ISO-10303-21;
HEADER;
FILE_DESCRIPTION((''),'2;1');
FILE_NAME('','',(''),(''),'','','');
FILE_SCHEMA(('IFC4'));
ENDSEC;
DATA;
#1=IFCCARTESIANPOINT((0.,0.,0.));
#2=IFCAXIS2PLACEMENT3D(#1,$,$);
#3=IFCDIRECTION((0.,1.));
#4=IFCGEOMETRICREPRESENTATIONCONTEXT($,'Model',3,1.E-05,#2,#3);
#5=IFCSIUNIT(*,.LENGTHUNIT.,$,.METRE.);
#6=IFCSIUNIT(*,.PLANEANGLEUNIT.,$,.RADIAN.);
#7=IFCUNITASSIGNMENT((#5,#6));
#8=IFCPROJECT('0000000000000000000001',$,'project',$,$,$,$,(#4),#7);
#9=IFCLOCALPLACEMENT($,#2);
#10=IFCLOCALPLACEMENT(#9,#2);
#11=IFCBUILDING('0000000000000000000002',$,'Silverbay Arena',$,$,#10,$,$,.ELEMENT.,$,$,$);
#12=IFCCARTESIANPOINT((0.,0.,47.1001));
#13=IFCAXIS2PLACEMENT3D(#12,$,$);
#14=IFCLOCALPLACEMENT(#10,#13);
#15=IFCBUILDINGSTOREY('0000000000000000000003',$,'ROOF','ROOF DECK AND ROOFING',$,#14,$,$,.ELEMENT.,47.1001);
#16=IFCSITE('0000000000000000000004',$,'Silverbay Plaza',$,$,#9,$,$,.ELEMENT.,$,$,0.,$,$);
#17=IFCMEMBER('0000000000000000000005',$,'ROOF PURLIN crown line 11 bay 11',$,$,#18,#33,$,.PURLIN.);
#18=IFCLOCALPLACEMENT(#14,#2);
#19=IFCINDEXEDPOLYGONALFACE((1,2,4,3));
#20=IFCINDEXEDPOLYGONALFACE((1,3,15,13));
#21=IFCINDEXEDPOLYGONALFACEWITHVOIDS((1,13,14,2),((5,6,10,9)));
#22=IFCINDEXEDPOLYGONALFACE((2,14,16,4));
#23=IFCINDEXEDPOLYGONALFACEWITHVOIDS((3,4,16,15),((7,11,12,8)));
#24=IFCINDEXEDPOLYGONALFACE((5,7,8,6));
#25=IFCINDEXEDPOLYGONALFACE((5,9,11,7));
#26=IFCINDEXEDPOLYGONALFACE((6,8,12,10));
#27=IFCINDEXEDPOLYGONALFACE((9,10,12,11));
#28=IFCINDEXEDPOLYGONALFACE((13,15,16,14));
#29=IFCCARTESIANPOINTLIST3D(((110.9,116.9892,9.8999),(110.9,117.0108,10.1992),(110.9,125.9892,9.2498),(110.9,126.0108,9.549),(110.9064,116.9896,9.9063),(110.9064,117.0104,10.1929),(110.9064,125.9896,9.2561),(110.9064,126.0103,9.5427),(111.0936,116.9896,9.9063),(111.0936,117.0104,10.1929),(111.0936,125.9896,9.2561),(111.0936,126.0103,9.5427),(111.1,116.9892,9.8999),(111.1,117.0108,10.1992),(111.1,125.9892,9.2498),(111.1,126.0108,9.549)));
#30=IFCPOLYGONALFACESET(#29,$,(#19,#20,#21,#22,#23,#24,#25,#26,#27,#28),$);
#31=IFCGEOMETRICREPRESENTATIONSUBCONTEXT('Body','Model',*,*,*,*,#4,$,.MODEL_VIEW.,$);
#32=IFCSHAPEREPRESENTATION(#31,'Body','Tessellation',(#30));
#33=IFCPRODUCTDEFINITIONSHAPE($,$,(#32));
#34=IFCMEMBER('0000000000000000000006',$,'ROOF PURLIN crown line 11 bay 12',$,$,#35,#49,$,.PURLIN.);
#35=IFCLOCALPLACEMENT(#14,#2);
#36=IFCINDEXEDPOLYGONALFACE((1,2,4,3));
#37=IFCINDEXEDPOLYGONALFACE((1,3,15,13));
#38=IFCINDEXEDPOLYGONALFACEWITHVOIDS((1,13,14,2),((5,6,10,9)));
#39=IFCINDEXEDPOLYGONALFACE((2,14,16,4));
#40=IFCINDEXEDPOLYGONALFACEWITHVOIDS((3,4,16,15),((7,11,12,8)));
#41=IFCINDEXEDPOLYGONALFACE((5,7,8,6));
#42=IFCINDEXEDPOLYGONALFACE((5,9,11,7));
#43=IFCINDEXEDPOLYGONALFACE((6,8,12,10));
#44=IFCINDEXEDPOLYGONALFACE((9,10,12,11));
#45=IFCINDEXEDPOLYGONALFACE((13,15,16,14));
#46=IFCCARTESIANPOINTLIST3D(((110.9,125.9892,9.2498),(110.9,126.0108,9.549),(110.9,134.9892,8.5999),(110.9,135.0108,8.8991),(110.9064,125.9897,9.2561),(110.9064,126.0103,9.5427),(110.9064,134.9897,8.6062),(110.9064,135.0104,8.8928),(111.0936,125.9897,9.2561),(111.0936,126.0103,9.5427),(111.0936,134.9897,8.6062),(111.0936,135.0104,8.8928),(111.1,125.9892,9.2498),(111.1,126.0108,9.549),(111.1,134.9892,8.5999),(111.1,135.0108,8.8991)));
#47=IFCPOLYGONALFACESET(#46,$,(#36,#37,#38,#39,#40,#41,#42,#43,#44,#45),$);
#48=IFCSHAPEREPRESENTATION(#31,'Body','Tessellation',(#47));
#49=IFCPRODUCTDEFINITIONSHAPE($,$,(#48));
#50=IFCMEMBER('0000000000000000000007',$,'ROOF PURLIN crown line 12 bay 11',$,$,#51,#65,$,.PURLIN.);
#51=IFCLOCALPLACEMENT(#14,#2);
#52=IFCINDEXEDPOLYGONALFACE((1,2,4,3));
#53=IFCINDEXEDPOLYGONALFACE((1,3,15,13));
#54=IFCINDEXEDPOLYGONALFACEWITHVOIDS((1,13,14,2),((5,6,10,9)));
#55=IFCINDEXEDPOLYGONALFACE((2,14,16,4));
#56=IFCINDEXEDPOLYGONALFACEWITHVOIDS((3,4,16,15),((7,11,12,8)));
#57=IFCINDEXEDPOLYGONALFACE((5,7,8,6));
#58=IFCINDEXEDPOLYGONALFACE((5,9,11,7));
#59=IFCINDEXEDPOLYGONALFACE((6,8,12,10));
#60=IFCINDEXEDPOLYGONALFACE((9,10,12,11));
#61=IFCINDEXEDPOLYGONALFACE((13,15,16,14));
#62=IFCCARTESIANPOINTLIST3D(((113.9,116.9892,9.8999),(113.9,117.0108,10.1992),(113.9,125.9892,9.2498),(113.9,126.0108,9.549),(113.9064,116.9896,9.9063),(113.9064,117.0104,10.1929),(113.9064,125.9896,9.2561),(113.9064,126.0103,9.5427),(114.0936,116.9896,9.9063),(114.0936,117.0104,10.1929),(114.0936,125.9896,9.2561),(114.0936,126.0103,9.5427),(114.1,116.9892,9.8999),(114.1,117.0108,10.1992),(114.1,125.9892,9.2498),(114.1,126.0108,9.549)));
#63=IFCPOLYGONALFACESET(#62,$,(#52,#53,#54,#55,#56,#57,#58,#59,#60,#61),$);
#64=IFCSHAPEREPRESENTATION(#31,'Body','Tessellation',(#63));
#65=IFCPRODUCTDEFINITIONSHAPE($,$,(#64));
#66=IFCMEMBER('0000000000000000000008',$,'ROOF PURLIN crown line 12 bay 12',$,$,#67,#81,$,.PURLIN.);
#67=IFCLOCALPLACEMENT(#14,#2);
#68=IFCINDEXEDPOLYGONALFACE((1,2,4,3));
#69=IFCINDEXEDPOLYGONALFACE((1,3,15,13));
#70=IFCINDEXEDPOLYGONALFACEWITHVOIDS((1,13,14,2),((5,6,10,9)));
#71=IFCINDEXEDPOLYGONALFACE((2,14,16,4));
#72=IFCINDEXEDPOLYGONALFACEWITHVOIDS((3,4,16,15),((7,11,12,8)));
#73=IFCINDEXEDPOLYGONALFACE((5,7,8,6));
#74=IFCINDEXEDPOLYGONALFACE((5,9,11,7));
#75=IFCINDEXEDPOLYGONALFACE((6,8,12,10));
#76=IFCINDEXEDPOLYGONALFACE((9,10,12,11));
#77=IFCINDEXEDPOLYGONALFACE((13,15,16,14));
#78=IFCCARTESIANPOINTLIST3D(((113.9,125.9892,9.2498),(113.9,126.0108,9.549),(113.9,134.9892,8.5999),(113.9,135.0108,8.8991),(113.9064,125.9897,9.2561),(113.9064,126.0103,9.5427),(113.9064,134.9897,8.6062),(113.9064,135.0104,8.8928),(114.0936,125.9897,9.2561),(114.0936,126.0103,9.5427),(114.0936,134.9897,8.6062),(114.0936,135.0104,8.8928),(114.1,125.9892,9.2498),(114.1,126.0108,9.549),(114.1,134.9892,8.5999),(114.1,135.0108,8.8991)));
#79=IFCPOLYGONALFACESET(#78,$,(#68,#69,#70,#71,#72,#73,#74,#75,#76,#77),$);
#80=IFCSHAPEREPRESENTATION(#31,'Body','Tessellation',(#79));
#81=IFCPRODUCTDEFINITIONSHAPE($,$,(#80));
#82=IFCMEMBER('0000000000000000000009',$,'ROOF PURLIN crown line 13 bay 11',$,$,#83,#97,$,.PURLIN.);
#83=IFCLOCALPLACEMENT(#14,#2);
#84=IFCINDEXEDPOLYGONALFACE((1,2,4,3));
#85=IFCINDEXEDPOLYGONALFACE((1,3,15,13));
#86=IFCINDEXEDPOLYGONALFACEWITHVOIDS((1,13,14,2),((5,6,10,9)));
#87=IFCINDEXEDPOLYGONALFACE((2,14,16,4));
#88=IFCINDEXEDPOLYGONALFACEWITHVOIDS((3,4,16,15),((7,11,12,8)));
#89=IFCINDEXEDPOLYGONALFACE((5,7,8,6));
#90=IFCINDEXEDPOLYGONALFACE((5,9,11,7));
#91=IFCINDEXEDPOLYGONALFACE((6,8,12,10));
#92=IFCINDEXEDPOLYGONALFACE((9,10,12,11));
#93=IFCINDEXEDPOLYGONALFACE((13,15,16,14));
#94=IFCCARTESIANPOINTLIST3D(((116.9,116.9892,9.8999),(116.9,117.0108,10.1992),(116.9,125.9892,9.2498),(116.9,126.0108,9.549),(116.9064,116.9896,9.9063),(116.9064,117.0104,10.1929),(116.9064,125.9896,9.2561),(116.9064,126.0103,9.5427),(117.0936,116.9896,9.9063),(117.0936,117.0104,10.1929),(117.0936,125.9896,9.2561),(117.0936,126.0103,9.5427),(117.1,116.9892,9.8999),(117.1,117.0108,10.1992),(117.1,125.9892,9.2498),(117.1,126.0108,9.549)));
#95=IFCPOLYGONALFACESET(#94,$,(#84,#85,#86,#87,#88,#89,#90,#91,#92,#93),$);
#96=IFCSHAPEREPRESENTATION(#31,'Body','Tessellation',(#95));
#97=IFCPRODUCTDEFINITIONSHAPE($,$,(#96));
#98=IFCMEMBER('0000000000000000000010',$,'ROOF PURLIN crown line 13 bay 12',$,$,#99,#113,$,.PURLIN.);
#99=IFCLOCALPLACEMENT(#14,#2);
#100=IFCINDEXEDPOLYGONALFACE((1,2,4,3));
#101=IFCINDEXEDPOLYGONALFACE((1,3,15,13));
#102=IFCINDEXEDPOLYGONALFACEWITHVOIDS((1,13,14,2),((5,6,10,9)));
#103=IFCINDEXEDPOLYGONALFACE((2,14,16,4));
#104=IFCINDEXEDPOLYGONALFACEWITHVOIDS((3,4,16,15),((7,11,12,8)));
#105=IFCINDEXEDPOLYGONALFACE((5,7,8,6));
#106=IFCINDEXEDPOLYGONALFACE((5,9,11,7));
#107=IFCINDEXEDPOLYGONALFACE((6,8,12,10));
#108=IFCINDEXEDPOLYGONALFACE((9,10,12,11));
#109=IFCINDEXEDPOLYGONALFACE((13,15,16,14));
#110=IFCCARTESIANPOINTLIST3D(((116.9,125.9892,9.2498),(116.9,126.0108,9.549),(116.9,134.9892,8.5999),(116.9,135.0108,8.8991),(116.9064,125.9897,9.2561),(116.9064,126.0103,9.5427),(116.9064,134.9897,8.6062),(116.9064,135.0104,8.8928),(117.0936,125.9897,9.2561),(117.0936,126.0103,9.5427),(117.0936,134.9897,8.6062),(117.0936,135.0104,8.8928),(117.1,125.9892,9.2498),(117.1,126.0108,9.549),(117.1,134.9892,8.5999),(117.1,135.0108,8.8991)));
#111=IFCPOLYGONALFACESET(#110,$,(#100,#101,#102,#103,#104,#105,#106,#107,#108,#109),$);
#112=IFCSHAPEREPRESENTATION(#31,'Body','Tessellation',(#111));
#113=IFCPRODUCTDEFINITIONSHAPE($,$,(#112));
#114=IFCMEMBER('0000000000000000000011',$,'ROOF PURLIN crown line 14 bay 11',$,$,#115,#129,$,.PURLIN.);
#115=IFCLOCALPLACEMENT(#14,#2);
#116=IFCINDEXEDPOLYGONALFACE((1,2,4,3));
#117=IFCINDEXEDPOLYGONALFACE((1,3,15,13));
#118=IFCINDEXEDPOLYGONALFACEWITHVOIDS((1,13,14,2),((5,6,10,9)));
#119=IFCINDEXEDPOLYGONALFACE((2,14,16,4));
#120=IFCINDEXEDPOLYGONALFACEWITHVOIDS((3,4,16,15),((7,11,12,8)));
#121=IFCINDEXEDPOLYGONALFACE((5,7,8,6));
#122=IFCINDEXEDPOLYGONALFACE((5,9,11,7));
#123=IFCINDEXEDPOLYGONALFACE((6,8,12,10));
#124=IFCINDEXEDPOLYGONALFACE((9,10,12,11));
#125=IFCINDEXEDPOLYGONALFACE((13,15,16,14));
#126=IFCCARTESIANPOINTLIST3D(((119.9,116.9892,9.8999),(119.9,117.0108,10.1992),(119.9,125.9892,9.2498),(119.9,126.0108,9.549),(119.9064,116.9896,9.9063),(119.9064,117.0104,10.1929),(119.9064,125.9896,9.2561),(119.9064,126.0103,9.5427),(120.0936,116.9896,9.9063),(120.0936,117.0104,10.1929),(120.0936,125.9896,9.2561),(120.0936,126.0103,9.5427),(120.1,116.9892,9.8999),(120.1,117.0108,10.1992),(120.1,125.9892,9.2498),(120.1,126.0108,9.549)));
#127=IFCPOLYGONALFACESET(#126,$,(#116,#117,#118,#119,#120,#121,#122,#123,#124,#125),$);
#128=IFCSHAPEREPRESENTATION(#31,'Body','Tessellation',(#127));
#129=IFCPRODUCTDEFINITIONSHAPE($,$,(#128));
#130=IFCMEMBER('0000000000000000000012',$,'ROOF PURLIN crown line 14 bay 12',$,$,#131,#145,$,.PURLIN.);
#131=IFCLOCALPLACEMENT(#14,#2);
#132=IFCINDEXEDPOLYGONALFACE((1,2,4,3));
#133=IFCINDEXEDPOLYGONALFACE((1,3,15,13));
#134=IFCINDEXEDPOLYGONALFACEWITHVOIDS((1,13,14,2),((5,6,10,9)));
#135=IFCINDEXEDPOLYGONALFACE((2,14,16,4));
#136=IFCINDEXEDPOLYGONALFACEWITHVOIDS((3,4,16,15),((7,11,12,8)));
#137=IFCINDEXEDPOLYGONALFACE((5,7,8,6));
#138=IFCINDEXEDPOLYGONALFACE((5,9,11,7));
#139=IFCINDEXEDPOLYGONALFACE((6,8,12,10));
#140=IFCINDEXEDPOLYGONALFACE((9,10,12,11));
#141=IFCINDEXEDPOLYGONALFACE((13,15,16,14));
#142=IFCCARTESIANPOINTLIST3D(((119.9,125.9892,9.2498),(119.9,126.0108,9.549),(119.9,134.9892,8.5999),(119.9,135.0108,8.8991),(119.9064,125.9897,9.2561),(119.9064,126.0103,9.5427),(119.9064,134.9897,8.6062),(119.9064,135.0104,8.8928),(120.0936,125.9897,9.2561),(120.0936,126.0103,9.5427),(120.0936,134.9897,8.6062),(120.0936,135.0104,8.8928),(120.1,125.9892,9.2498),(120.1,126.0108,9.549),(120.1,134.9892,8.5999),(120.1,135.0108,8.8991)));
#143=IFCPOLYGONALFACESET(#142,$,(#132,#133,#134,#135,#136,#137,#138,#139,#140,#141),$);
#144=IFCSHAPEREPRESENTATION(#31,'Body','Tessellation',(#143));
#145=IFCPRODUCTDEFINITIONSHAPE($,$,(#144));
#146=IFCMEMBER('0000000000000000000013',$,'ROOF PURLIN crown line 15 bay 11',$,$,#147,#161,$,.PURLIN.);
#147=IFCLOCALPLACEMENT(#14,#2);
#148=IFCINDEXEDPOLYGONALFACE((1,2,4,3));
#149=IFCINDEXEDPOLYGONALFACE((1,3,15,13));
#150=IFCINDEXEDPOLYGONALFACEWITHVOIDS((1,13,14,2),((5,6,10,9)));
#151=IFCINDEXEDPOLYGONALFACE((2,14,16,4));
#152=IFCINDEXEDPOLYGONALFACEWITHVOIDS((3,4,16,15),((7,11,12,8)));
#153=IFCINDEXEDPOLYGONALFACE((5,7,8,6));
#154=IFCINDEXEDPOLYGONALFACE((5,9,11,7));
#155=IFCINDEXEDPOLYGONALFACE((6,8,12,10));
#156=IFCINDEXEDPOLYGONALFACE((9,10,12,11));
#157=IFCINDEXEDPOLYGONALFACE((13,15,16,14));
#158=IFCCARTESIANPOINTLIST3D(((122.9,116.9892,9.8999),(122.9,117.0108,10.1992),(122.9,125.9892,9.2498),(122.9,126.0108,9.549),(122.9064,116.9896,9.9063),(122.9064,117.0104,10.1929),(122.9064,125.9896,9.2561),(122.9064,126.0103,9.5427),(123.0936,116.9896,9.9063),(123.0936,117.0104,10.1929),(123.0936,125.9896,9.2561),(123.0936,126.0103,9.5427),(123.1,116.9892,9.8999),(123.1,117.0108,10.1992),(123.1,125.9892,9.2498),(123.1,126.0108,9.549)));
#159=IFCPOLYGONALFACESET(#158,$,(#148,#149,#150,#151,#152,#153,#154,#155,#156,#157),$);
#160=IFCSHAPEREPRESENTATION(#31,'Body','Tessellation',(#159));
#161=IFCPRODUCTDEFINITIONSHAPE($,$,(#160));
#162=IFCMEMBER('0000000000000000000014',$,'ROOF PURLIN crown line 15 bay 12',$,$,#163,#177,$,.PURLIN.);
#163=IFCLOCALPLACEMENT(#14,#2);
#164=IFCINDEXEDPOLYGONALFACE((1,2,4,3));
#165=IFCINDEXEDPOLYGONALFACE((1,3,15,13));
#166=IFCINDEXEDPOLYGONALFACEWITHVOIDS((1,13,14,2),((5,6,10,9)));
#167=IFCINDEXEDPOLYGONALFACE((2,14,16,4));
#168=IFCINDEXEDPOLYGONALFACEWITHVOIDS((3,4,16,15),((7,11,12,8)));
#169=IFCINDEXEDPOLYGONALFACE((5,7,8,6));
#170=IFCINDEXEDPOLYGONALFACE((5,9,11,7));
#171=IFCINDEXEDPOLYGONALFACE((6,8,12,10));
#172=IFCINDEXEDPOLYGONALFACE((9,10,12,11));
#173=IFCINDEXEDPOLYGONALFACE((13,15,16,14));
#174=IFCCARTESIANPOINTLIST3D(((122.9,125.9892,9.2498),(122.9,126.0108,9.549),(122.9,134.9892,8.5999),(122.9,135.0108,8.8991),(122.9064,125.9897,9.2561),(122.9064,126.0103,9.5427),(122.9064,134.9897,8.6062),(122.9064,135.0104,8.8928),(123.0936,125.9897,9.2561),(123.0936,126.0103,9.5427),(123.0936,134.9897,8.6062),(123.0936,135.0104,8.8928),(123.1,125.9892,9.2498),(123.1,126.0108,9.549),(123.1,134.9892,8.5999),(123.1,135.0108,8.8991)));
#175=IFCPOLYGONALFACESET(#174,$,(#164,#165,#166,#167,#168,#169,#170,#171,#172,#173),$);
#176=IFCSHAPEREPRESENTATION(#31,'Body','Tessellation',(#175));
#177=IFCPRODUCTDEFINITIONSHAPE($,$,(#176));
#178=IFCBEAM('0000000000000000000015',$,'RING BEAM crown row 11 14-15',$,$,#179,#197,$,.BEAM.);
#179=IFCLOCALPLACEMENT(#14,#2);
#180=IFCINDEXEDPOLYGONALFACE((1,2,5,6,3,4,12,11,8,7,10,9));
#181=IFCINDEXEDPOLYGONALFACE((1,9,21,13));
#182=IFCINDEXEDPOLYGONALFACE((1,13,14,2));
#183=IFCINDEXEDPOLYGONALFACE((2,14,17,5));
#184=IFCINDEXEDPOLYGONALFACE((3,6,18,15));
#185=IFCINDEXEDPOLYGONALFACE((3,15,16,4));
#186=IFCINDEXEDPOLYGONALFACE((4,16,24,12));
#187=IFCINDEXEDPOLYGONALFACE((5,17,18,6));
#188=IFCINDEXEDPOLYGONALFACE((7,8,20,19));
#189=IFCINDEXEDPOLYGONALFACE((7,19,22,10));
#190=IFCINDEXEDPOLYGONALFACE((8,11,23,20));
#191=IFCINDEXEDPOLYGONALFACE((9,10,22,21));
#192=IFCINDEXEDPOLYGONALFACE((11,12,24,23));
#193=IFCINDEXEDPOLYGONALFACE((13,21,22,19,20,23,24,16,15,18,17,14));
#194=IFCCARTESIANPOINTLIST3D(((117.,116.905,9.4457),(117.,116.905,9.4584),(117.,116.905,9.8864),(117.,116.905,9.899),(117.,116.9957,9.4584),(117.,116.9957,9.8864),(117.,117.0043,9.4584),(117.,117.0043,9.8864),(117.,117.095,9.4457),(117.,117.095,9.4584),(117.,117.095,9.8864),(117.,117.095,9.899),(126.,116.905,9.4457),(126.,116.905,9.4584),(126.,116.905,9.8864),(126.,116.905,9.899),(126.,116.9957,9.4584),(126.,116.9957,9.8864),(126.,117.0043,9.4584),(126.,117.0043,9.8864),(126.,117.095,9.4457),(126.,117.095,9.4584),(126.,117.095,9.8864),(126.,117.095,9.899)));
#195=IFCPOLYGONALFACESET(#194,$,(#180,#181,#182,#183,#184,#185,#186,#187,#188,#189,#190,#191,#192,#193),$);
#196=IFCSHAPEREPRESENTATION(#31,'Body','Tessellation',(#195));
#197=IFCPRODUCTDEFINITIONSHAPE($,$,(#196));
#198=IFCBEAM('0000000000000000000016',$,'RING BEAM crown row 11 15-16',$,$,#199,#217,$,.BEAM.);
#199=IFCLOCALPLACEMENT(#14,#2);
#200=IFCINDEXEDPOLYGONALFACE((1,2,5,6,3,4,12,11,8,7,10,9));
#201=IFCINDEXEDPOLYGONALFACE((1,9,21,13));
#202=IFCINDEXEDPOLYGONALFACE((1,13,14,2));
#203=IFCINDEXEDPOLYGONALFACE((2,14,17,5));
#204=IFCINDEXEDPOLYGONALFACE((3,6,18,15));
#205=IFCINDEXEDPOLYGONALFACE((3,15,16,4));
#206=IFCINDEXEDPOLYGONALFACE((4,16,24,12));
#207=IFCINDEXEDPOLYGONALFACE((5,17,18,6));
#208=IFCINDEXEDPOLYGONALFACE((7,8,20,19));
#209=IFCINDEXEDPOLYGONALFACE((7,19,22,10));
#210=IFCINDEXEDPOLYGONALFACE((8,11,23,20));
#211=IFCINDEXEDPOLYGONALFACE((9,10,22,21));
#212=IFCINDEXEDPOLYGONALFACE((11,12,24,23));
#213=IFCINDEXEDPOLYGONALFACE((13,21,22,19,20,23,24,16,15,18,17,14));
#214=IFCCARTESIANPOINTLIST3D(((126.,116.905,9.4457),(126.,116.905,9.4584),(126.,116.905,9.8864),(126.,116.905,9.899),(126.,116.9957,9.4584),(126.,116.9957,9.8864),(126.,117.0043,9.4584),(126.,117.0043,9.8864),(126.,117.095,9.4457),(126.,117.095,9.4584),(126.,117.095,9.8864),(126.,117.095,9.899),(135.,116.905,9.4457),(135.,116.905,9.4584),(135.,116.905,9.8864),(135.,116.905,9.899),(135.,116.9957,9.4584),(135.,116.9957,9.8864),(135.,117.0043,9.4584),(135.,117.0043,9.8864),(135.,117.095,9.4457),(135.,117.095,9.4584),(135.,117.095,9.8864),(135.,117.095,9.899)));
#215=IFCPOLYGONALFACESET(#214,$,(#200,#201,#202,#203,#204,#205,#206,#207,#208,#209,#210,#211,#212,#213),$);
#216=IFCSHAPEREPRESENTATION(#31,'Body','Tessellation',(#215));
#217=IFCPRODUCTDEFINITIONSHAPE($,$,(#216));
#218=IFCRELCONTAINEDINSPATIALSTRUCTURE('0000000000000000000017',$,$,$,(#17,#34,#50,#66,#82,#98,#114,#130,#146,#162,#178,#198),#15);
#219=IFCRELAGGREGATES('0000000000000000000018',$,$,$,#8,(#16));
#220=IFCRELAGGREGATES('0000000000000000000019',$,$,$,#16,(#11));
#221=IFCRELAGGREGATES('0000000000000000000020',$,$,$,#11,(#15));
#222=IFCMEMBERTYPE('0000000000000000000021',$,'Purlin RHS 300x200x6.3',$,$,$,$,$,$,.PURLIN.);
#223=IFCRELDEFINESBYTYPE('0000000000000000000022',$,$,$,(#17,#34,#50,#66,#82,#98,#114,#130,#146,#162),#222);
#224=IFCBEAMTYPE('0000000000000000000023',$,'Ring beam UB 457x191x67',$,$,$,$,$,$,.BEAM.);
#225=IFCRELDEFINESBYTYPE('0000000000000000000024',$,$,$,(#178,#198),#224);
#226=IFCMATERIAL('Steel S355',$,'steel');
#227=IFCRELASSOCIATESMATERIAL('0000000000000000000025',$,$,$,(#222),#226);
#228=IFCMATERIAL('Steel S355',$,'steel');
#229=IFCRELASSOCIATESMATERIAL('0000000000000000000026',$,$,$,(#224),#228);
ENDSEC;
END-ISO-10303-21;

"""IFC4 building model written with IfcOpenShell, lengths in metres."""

from ifc_helpers import new_model, si_unit, direction, frame, origin, origin_2d, place, context, subcontext, project, spatial, hollow_rectangle, i_section, extrude, material, material_profile, profile_set, type_object, element, save


model = new_model("IFC4")

# Units and contexts
model_context = context("Model", 3, precision=1e-05, world=origin(), true_north=direction((0.0, 1.0)))
body_context = subcontext(model_context, "Body", "Model", "MODEL_VIEW")
ifc_project = project(units=[si_unit("LENGTHUNIT", "METRE"), si_unit("PLANEANGLEUNIT", "RADIAN")], contexts=[model_context])

# Site, building, storey
site_placement = place(None, origin())
site = spatial("IfcSite", under=ifc_project, at=site_placement, Name="Silverbay Plaza", CompositionType="ELEMENT", RefElevation=0.0)
building_placement = place(site_placement, origin())
building = spatial("IfcBuilding", under=site, at=building_placement, Name="Silverbay Arena", CompositionType="ELEMENT")
storey_placement = place(building_placement, frame((0.0, 0.0, 47.1001)))
storey = spatial("IfcBuildingStorey", under=building, at=storey_placement, Name="ROOF", Description="ROOF DECK AND ROOFING", CompositionType="ELEMENT", Elevation=47.1001)

# Members
ifc_material_1 = material(Name="Steel S355", Category="steel")
ifc_material_profile_1 = material_profile(ifc_material_1, hollow_rectangle(XDim=0.2, YDim=0.3, WallThickness=0.0063, at=origin_2d()), Name="RHS 300x200x6.3")
ifc_profile_set_1 = profile_set([ifc_material_profile_1], Name="Steel S355")
member_type_1 = type_object("IfcMemberType", Name="Purlin RHS 300x200x6.3", PredefinedType="PURLIN", material=ifc_profile_set_1)
for number, where, z_axis, x_axis, name in (
    (1, (111.0, 117.0, 10.0496), (0.0, 0.997401, -0.072051), (-1.0, 0.0, 0.0), "ROOF PURLIN crown line 11 bay 11"),
    (2, (111.0, 126.0, 9.3994), (0.0, 0.997403, -0.072024), (-1.0, 0.0, 0.0), "ROOF PURLIN crown line 11 bay 12"),
    (3, (114.0, 117.0, 10.0496), (0.0, 0.997401, -0.072051), (-1.0, 0.0, 0.0), "ROOF PURLIN crown line 12 bay 11"),
    (4, (114.0, 126.0, 9.3994), (0.0, 0.997403, -0.072024), (-1.0, 0.0, 0.0), "ROOF PURLIN crown line 12 bay 12"),
    (5, (117.0, 117.0, 10.0496), (0.0, 0.997401, -0.072051), (-1.0, 0.0, 0.0), "ROOF PURLIN crown line 13 bay 11"),
    (6, (117.0, 126.0, 9.3994), (0.0, 0.997403, -0.072024), (-1.0, 0.0, 0.0), "ROOF PURLIN crown line 13 bay 12"),
    (7, (120.0, 117.0, 10.0496), (0.0, 0.997401, -0.072051), (-1.0, 0.0, 0.0), "ROOF PURLIN crown line 14 bay 11"),
    (8, (120.0, 126.0, 9.3994), (0.0, 0.997403, -0.072024), (-1.0, 0.0, 0.0), "ROOF PURLIN crown line 14 bay 12"),
    (9, (123.0, 117.0, 10.0496), (0.0, 0.997401, -0.072051), (-1.0, 0.0, 0.0), "ROOF PURLIN crown line 15 bay 11"),
    (10, (123.0, 126.0, 9.3994), (0.0, 0.997403, -0.072024), (-1.0, 0.0, 0.0), "ROOF PURLIN crown line 15 bay 12"),
):
    element("IfcMember", number, at=place(storey_placement, frame(where, z_axis=z_axis, x_axis=x_axis)), inside=storey, type_object=member_type_1, Name=name, PredefinedType="PURLIN", context=body_context, shape_type="SweptSolid", body=[
        extrude(hollow_rectangle(XDim=0.2, YDim=0.3, WallThickness=0.0063, at=origin_2d()), origin(), (0.0, 0.0, 1.0), 9.0234),
    ])

# Beams
ifc_material_2 = material(Name="Steel S355", Category="steel")
ifc_material_profile_2 = material_profile(ifc_material_2, i_section(OverallWidth=0.1899, OverallDepth=0.4534, WebThickness=0.0085, FlangeThickness=0.0127, at=origin_2d()), Name="UB 457x191x67")
ifc_profile_set_2 = profile_set([ifc_material_profile_2], Name="Steel S355")
beam_type = type_object("IfcBeamType", Name="Ring beam UB 457x191x67", PredefinedType="BEAM", material=ifc_profile_set_2)
for number, where, z_axis, x_axis, name in (
    (11, (117.0, 117.0, 9.6724), (1.0, 0.0, 0.0), (0.0, 1.0, 0.0), "RING BEAM crown row 11 14-15"),
    (12, (126.0, 117.0, 9.6724), (1.0, 0.0, 0.0), (0.0, 1.0, 0.0), "RING BEAM crown row 11 15-16"),
):
    element("IfcBeam", number, at=place(storey_placement, frame(where, z_axis=z_axis, x_axis=x_axis)), inside=storey, type_object=beam_type, Name=name, PredefinedType="BEAM", context=body_context, shape_type="SweptSolid", body=[
        extrude(i_section(OverallWidth=0.1899, OverallDepth=0.4534, WebThickness=0.0085, FlangeThickness=0.0127, at=origin_2d()), origin(), (0.0, 0.0, 1.0), 9.0),
    ])

save(model, "model.ifc")
